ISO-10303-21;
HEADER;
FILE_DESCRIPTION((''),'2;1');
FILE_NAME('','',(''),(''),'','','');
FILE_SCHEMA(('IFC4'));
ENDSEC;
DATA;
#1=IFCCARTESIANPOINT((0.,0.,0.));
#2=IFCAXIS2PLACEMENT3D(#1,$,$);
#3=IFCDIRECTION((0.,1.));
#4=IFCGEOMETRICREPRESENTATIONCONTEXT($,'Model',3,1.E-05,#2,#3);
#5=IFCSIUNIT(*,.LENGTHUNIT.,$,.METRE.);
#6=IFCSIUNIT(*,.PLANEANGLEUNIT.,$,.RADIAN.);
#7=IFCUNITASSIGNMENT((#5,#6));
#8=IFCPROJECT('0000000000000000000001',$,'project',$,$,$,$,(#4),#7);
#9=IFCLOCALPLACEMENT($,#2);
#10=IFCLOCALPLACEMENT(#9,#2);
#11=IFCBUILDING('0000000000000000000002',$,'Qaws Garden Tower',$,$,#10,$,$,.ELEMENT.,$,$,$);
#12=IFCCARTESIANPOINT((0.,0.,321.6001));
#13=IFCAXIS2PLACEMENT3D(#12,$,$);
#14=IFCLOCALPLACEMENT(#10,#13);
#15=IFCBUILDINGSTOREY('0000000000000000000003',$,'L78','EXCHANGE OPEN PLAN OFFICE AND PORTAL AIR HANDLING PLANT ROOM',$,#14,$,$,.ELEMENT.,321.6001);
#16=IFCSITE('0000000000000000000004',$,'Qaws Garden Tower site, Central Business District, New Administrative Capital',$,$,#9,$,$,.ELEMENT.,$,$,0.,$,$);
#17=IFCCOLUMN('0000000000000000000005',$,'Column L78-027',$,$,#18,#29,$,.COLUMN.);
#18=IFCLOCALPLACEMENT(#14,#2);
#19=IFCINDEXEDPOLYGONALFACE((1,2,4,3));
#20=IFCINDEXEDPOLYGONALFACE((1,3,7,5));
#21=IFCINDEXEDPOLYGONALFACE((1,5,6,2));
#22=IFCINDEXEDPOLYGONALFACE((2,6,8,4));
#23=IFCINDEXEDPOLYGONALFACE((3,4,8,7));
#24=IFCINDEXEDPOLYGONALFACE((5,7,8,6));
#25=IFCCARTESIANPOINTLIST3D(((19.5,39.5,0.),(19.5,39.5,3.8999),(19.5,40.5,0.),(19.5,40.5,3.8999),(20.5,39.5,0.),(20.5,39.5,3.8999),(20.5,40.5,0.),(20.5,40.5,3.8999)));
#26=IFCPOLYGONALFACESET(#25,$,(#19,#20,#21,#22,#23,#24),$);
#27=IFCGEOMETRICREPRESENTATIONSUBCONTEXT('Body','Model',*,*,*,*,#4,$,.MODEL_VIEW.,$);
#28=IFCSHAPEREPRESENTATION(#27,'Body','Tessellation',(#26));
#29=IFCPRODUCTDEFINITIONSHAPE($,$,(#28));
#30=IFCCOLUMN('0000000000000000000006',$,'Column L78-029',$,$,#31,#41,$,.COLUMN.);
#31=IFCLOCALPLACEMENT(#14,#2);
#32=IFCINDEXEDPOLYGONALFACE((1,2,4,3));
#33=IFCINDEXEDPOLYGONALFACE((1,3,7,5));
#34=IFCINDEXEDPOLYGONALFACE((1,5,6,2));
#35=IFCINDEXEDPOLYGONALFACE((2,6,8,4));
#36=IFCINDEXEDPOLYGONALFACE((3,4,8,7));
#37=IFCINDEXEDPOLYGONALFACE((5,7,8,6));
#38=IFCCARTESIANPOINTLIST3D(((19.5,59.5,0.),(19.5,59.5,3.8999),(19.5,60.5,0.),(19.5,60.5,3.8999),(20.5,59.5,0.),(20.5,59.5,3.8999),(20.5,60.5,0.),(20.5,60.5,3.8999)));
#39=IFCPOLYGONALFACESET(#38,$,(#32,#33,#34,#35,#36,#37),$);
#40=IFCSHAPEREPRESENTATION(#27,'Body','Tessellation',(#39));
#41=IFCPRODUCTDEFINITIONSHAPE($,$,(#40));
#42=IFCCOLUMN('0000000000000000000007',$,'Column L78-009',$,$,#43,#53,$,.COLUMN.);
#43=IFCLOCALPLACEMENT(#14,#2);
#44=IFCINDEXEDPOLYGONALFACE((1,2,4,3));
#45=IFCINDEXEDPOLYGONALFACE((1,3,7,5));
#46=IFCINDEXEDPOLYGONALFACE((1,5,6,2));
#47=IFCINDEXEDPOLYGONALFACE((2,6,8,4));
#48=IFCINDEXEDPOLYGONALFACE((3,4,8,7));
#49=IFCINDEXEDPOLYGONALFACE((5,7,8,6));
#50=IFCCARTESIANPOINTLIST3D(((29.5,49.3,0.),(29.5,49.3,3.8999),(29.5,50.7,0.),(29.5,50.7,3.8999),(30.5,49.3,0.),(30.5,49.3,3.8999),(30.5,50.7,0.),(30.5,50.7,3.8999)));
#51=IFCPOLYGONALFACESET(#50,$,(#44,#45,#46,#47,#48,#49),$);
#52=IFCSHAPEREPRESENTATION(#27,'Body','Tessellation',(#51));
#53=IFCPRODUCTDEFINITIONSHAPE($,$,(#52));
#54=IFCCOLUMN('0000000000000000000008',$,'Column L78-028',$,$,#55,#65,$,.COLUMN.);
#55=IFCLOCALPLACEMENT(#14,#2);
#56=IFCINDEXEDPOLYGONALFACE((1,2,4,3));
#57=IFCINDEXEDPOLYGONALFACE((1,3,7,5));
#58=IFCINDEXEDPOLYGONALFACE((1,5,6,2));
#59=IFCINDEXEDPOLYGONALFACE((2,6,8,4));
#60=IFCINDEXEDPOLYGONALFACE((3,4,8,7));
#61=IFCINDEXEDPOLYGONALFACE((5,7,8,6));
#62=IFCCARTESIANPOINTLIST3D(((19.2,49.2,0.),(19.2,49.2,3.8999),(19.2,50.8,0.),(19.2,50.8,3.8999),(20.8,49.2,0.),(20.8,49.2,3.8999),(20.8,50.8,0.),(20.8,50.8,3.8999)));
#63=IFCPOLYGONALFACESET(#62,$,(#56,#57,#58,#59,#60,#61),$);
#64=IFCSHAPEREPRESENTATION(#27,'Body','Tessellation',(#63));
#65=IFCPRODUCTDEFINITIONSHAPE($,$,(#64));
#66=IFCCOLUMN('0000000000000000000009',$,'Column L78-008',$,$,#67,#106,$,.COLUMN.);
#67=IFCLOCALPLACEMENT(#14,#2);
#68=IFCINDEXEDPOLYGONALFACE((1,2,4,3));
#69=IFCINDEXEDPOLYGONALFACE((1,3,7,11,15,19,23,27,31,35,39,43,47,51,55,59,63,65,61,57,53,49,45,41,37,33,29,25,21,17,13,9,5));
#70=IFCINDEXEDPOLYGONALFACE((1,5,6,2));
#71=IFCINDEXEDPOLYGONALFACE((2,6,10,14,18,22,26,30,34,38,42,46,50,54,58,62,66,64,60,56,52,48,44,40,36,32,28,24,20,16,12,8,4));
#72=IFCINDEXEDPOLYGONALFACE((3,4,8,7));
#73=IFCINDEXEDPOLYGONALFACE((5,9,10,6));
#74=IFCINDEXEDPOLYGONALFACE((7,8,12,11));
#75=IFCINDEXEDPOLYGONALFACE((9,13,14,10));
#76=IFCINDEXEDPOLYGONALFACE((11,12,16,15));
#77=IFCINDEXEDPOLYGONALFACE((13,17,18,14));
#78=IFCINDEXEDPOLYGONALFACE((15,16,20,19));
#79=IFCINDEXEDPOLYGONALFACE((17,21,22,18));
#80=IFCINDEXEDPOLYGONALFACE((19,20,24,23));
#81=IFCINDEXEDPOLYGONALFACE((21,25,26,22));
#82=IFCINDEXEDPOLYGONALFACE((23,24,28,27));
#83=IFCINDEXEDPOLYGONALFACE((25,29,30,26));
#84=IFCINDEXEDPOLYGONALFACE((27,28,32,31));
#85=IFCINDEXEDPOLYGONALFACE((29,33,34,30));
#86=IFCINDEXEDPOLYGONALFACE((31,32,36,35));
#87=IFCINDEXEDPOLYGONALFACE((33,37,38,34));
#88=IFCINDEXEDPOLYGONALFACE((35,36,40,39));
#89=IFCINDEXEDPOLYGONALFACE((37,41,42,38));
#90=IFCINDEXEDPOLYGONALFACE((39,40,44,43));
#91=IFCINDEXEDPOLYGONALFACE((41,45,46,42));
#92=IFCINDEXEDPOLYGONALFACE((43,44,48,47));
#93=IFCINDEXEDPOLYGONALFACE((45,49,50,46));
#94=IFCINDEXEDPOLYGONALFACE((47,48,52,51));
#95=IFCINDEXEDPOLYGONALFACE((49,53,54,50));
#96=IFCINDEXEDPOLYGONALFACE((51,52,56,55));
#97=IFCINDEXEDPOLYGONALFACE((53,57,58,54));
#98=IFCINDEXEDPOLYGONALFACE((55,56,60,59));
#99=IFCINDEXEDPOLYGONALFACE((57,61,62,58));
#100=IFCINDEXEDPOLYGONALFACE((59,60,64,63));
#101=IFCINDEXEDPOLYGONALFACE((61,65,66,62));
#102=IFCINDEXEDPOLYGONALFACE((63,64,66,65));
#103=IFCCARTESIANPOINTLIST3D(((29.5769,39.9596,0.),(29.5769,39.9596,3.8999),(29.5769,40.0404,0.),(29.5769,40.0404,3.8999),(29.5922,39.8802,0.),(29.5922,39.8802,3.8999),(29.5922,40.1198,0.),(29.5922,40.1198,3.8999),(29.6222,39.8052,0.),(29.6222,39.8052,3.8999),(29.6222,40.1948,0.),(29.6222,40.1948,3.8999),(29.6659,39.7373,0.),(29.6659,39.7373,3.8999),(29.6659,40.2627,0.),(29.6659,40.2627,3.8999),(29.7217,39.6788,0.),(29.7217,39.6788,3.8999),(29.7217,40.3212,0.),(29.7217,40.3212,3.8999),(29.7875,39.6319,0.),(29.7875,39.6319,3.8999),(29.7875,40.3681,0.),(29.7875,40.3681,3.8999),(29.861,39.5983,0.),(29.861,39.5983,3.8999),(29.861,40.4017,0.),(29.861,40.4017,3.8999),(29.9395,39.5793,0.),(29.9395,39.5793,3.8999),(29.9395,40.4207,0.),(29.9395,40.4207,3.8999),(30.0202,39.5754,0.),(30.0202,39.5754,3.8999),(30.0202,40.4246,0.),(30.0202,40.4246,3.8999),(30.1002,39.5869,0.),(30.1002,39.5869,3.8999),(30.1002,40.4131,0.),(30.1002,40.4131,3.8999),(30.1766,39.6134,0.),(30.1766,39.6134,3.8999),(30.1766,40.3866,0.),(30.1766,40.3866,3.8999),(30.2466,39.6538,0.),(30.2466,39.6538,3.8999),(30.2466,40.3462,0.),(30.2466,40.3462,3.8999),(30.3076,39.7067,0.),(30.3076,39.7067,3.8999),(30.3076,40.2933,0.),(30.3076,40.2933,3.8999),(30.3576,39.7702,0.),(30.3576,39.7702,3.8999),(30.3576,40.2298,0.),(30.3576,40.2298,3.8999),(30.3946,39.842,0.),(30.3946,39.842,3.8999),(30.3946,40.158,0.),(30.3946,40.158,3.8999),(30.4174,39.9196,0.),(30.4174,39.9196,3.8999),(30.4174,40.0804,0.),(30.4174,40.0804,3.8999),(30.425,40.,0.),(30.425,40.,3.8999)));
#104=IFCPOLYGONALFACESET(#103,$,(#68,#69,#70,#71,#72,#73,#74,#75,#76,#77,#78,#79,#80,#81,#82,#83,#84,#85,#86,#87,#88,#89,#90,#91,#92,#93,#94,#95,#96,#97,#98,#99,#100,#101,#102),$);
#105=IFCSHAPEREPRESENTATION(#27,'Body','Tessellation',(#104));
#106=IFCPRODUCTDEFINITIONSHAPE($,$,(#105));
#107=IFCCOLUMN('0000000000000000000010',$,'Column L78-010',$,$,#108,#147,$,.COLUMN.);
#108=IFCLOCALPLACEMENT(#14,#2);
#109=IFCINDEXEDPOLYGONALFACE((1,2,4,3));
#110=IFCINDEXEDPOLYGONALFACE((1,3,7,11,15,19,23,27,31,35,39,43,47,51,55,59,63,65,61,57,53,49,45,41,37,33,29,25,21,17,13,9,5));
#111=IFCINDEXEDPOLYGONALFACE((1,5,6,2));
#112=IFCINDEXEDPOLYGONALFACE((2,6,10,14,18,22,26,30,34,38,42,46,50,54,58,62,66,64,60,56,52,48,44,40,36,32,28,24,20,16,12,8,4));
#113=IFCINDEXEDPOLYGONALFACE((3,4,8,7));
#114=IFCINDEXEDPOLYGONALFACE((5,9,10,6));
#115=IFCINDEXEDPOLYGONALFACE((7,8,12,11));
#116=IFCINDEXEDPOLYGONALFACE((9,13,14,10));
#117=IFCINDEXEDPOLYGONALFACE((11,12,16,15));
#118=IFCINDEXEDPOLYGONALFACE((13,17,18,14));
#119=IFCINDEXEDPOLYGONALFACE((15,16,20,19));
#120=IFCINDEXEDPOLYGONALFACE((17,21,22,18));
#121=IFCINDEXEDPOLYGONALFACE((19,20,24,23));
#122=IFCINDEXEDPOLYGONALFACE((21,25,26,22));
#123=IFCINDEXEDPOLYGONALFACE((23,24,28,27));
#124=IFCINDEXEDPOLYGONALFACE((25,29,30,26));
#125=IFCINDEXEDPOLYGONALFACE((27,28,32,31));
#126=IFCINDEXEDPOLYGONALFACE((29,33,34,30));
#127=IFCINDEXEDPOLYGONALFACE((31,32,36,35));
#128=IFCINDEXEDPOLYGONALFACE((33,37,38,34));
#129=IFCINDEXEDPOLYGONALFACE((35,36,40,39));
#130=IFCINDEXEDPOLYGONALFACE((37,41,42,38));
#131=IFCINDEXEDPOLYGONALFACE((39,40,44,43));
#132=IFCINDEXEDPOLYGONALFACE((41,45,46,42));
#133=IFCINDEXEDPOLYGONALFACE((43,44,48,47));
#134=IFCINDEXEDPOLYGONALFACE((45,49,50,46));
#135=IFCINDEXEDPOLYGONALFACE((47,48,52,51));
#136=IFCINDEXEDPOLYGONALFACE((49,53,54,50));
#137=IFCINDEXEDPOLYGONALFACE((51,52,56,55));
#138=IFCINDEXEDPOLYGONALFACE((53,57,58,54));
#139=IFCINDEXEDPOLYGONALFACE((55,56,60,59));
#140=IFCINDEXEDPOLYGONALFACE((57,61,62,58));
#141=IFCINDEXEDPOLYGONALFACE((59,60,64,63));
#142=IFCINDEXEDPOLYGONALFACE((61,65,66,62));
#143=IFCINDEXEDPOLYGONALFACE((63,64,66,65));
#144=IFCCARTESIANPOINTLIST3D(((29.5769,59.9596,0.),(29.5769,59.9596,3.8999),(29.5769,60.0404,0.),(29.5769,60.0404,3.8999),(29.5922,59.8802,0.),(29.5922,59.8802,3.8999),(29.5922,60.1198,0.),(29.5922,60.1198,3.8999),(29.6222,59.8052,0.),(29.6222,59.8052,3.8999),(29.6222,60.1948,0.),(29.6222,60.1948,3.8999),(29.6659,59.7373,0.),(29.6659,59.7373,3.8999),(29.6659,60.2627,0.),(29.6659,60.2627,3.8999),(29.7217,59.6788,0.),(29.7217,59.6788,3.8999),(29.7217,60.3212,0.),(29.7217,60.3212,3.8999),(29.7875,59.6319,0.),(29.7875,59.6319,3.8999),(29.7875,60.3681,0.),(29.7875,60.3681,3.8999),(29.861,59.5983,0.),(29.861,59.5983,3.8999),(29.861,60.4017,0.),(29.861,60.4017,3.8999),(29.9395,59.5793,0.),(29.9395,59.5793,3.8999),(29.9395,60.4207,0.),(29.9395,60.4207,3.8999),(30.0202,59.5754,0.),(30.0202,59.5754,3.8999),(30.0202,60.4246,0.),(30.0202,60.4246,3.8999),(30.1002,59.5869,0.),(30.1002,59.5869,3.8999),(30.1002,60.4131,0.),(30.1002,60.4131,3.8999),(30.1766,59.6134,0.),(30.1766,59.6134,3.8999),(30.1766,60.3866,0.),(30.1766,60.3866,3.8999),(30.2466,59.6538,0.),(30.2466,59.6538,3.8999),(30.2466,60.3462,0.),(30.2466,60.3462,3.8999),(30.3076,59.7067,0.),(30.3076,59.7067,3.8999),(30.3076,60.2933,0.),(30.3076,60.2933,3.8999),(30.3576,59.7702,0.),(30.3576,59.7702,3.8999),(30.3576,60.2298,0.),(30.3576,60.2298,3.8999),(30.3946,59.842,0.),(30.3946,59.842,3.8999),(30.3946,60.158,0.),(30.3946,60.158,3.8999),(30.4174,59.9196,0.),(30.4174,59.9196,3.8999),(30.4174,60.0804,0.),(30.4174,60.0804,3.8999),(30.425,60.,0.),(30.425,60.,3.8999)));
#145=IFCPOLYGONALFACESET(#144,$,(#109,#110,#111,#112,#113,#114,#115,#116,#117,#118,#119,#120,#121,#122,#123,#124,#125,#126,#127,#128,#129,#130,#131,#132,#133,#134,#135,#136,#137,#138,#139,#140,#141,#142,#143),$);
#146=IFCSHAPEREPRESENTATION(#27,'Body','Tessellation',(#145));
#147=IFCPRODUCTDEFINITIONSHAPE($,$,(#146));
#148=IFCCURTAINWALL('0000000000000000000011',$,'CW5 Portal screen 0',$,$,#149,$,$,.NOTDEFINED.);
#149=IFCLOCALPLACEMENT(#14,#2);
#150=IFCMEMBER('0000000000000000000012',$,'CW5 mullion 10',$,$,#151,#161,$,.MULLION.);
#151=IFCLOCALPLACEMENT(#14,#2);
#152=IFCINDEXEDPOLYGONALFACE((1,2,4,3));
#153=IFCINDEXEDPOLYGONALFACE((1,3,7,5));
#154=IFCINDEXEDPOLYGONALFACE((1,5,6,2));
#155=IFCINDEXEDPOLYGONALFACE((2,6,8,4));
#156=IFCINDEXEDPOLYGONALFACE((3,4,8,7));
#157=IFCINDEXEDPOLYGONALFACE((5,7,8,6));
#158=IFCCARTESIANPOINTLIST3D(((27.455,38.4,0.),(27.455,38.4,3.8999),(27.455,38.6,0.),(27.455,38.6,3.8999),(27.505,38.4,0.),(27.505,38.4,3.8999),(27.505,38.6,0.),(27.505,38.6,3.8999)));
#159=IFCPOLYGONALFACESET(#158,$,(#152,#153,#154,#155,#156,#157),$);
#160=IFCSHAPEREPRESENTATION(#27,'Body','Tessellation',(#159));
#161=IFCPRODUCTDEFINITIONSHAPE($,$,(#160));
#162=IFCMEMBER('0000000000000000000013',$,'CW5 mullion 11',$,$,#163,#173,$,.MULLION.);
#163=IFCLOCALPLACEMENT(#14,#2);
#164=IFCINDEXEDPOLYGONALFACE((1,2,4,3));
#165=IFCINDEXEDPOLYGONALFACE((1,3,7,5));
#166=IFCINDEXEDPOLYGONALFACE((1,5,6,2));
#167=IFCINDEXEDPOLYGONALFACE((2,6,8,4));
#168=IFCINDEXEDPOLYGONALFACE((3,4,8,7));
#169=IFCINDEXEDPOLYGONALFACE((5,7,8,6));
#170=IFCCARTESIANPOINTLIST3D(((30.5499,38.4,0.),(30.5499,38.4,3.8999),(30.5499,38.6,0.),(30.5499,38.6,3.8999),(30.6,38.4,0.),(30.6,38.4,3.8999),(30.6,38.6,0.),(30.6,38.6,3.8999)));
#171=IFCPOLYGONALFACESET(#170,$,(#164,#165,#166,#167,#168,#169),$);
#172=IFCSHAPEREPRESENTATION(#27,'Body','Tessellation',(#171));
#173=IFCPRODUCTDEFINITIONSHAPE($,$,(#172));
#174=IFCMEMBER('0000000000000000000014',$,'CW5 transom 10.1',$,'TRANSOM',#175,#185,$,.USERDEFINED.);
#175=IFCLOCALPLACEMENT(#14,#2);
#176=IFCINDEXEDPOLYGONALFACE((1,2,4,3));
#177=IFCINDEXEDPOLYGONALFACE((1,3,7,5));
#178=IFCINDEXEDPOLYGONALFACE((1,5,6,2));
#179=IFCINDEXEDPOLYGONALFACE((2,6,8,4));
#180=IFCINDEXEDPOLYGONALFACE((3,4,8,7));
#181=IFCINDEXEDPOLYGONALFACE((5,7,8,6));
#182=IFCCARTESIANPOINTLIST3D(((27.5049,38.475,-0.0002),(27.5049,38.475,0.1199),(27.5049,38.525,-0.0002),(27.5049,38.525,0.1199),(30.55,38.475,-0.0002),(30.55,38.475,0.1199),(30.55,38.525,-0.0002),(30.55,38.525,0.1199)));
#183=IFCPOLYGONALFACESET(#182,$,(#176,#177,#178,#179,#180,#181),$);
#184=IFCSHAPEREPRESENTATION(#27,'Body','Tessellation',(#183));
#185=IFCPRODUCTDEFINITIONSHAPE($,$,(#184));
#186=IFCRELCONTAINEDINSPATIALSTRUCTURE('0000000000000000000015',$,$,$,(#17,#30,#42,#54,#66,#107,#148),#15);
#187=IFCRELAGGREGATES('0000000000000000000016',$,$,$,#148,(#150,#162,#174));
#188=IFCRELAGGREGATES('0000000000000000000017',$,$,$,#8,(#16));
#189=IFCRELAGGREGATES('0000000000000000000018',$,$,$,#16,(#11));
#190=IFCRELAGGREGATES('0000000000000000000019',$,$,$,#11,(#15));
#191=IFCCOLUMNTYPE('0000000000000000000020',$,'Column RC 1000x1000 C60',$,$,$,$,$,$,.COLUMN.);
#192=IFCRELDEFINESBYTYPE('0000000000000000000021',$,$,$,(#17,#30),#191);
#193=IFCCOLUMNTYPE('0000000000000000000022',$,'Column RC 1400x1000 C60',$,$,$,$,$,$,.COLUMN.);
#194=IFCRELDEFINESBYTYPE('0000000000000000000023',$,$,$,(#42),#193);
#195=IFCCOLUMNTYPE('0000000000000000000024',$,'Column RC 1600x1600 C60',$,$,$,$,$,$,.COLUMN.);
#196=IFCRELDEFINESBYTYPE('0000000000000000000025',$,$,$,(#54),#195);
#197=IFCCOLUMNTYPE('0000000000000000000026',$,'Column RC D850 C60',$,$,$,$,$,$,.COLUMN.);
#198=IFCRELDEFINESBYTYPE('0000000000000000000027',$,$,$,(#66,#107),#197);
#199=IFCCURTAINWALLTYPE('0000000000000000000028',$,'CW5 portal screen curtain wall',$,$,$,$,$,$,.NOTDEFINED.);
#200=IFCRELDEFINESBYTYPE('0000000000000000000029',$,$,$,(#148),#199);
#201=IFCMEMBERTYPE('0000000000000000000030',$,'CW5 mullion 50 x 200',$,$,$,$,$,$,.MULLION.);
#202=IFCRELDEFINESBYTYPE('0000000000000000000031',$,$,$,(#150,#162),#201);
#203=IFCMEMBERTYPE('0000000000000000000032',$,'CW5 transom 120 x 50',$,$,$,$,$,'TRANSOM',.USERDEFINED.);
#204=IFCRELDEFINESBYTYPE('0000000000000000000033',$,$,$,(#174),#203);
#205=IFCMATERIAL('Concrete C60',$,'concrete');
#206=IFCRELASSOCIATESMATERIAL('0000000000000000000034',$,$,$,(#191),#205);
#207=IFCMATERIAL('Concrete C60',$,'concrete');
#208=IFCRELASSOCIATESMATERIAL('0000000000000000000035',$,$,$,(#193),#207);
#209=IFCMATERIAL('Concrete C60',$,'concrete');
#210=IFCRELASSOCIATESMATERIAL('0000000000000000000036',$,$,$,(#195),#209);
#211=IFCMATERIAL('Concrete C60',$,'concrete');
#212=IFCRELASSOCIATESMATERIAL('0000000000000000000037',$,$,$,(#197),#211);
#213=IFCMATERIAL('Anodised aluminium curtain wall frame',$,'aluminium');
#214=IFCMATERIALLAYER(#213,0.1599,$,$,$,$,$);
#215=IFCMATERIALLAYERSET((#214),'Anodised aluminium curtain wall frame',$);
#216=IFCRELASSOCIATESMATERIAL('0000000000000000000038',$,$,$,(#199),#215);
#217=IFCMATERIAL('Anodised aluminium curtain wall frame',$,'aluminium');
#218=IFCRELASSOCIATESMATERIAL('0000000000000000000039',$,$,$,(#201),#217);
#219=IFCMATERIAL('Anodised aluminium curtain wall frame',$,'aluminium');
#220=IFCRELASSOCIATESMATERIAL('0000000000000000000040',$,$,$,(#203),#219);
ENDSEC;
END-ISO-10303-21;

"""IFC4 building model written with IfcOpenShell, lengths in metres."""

from ifc_helpers import new_model, si_unit, direction, frame, origin, origin_2d, place, context, subcontext, project, spatial, rectangle, circle, extrude, material, layer, layer_set, material_profile, profile_set, type_object, element, aggregate, save


model = new_model("IFC4")

# Units and contexts
model_context = context("Model", 3, precision=1e-05, world=origin(), true_north=direction((0.0, 1.0)))
body_context = subcontext(model_context, "Body", "Model", "MODEL_VIEW")
ifc_project = project(units=[si_unit("LENGTHUNIT", "METRE"), si_unit("PLANEANGLEUNIT", "RADIAN")], contexts=[model_context])

# Site, building, storey
site_placement = place(None, origin())
site = spatial("IfcSite", under=ifc_project, at=site_placement, Name="Qaws Garden Tower site, Central Business District, New Administrative Capital", CompositionType="ELEMENT", RefElevation=0.0)
building_placement = place(site_placement, origin())
building = spatial("IfcBuilding", under=site, at=building_placement, Name="Qaws Garden Tower", CompositionType="ELEMENT")
storey_placement = place(building_placement, frame((0.0, 0.0, 321.6001)))
storey = spatial("IfcBuildingStorey", under=building, at=storey_placement, Name="L78", Description="EXCHANGE OPEN PLAN OFFICE AND PORTAL AIR HANDLING PLANT ROOM", CompositionType="ELEMENT", Elevation=321.6001)

# Columns
ifc_material_1 = material(Name="Concrete C60", Category="concrete")
ifc_material_profile_1 = material_profile(ifc_material_1, rectangle(XDim=1.0, YDim=1.0, at=origin_2d()), Name="RC 1000x1000")
ifc_profile_set_1 = profile_set([ifc_material_profile_1], Name="Concrete C60")
column_type_1 = type_object("IfcColumnType", Name="Column RC 1000x1000 C60", PredefinedType="COLUMN", material=ifc_profile_set_1)
for number, where, z_axis, x_axis, name in (
    (1, (20.0, 40.0, 0.0), (0.0, 0.0, 1.0), (1.0, 0.0, 0.0), "Column L78-027"),
    (2, (20.0, 60.0, 0.0), (0.0, 0.0, 1.0), (1.0, 0.0, 0.0), "Column L78-029"),
):
    element("IfcColumn", number, at=place(storey_placement, frame(where, z_axis=z_axis, x_axis=x_axis)), inside=storey, type_object=column_type_1, Name=name, PredefinedType="COLUMN", context=body_context, shape_type="SweptSolid", body=[
        extrude(rectangle(XDim=1.0, YDim=1.0, at=origin_2d()), origin(), (0.0, 0.0, 1.0), 3.8999),
    ])
ifc_material_2 = material(Name="Concrete C60", Category="concrete")
ifc_material_profile_2 = material_profile(ifc_material_2, rectangle(XDim=1.3999, YDim=1.0, at=origin_2d()), Name="RC 1400x1000")
ifc_profile_set_2 = profile_set([ifc_material_profile_2], Name="Concrete C60")
column_type_2 = type_object("IfcColumnType", Name="Column RC 1400x1000 C60", PredefinedType="COLUMN", material=ifc_profile_set_2)
column_1_placement = place(storey_placement, frame((30.0, 50.0, 0.0), z_axis=(0.0, 0.0, 1.0), x_axis=(0.0, 1.0, 0.0)))
element("IfcColumn", 3, at=column_1_placement, inside=storey, type_object=column_type_2, Name="Column L78-009", PredefinedType="COLUMN", context=body_context, shape_type="SweptSolid", body=[
    extrude(rectangle(XDim=1.3999, YDim=1.0, at=origin_2d()), origin(), (0.0, 0.0, 1.0), 3.8999),
])
ifc_material_3 = material(Name="Concrete C60", Category="concrete")
ifc_material_profile_3 = material_profile(ifc_material_3, rectangle(XDim=1.6001, YDim=1.6001, at=origin_2d()), Name="RC 1600x1600")
ifc_profile_set_3 = profile_set([ifc_material_profile_3], Name="Concrete C60")
column_type_3 = type_object("IfcColumnType", Name="Column RC 1600x1600 C60", PredefinedType="COLUMN", material=ifc_profile_set_3)
column_2_placement = place(storey_placement, frame((20.0, 50.0, 0.0), z_axis=(0.0, 0.0, 1.0), x_axis=(1.0, 0.0, 0.0)))
element("IfcColumn", 4, at=column_2_placement, inside=storey, type_object=column_type_3, Name="Column L78-028", PredefinedType="COLUMN", context=body_context, shape_type="SweptSolid", body=[
    extrude(rectangle(XDim=1.6001, YDim=1.6001, at=origin_2d()), origin(), (0.0, 0.0, 1.0), 3.8999),
])
ifc_material_4 = material(Name="Concrete C60", Category="concrete")
ifc_material_profile_4 = material_profile(ifc_material_4, circle(Radius=0.425, at=origin_2d()), Name="RC D850")
ifc_profile_set_4 = profile_set([ifc_material_profile_4], Name="Concrete C60")
column_type_4 = type_object("IfcColumnType", Name="Column RC D850 C60", PredefinedType="COLUMN", material=ifc_profile_set_4)
for number, where, z_axis, x_axis, name in (
    (5, (30.0, 40.0, 0.0), (0.0, 0.0, 1.0), (1.0, 0.0, 0.0), "Column L78-008"),
    (6, (30.0, 60.0, 0.0), (0.0, 0.0, 1.0), (1.0, 0.0, 0.0), "Column L78-010"),
):
    element("IfcColumn", number, at=place(storey_placement, frame(where, z_axis=z_axis, x_axis=x_axis)), inside=storey, type_object=column_type_4, Name=name, PredefinedType="COLUMN", context=body_context, shape_type="SweptSolid", body=[
        extrude(circle(Radius=0.425, at=origin_2d()), origin(), (0.0, 0.0, 1.0), 3.8999),
    ])

# Curtain wall, members
ifc_material_5 = material(Name="Anodised aluminium curtain wall frame", Category="aluminium")
ifc_layer_1 = layer(ifc_material_5, 0.1599)
ifc_layer_set_1 = layer_set([ifc_layer_1], Name="Anodised aluminium curtain wall frame")
curtain_wall_type = type_object("IfcCurtainWallType", Name="CW5 portal screen curtain wall", PredefinedType="NOTDEFINED", material=ifc_layer_set_1)
curtain_wall_placement = place(storey_placement, origin())
curtain_wall = element("IfcCurtainWall", 7, at=curtain_wall_placement, inside=storey, type_object=curtain_wall_type, Name="CW5 Portal screen 0", PredefinedType="NOTDEFINED")
ifc_material_6 = material(Name="Anodised aluminium curtain wall frame", Category="aluminium")
ifc_material_profile_5 = material_profile(ifc_material_6, rectangle(XDim=0.2, YDim=0.05, at=origin_2d()), Name="AL 50x200")
ifc_profile_set_5 = profile_set([ifc_material_profile_5], Name="Anodised aluminium curtain wall frame")
member_type_1 = type_object("IfcMemberType", Name="CW5 mullion 50 x 200", PredefinedType="MULLION", material=ifc_profile_set_5)
member_1_placement = place(storey_placement, frame((27.48, 38.5, 0.0), z_axis=(0.0, 0.0, 1.0), x_axis=(0.0, 1.0, 0.0)))
member_1 = element("IfcMember", 8, at=member_1_placement, type_object=member_type_1, Name="CW5 mullion 10", PredefinedType="MULLION", context=body_context, shape_type="SweptSolid", body=[
    extrude(rectangle(XDim=0.2, YDim=0.05, at=origin_2d()), origin(), (0.0, 0.0, 1.0), 3.8999),
])
member_2_placement = place(storey_placement, frame((30.575, 38.5, 0.0), z_axis=(0.0, 0.0, 1.0), x_axis=(0.0, 1.0, 0.0)))
member_2 = element("IfcMember", 9, at=member_2_placement, type_object=member_type_1, Name="CW5 mullion 11", PredefinedType="MULLION", context=body_context, shape_type="SweptSolid", body=[
    extrude(rectangle(XDim=0.2, YDim=0.05, at=origin_2d()), origin(), (0.0, 0.0, 1.0), 3.8999),
])
ifc_material_7 = material(Name="Anodised aluminium curtain wall frame", Category="aluminium")
ifc_material_profile_6 = material_profile(ifc_material_7, rectangle(XDim=0.05, YDim=0.1201, at=origin_2d()), Name="AL 50x120")
ifc_profile_set_6 = profile_set([ifc_material_profile_6], Name="Anodised aluminium curtain wall frame")
member_type_2 = type_object("IfcMemberType", Name="CW5 transom 120 x 50", ElementType="TRANSOM", PredefinedType="USERDEFINED", material=ifc_profile_set_6)
member_3_placement = place(storey_placement, frame((27.5049, 38.5, 0.0598), z_axis=(1.0, 0.0, 0.0), x_axis=(0.0, 1.0, 0.0)))
member_3 = element("IfcMember", 10, at=member_3_placement, type_object=member_type_2, Name="CW5 transom 10.1", ObjectType="TRANSOM", PredefinedType="USERDEFINED", context=body_context, shape_type="SweptSolid", body=[
    extrude(rectangle(XDim=0.05, YDim=0.1201, at=origin_2d()), origin(), (0.0, 0.0, 1.0), 3.0452),
])

aggregate(curtain_wall, [member_1, member_2, member_3])

save(model, "model.ifc")
